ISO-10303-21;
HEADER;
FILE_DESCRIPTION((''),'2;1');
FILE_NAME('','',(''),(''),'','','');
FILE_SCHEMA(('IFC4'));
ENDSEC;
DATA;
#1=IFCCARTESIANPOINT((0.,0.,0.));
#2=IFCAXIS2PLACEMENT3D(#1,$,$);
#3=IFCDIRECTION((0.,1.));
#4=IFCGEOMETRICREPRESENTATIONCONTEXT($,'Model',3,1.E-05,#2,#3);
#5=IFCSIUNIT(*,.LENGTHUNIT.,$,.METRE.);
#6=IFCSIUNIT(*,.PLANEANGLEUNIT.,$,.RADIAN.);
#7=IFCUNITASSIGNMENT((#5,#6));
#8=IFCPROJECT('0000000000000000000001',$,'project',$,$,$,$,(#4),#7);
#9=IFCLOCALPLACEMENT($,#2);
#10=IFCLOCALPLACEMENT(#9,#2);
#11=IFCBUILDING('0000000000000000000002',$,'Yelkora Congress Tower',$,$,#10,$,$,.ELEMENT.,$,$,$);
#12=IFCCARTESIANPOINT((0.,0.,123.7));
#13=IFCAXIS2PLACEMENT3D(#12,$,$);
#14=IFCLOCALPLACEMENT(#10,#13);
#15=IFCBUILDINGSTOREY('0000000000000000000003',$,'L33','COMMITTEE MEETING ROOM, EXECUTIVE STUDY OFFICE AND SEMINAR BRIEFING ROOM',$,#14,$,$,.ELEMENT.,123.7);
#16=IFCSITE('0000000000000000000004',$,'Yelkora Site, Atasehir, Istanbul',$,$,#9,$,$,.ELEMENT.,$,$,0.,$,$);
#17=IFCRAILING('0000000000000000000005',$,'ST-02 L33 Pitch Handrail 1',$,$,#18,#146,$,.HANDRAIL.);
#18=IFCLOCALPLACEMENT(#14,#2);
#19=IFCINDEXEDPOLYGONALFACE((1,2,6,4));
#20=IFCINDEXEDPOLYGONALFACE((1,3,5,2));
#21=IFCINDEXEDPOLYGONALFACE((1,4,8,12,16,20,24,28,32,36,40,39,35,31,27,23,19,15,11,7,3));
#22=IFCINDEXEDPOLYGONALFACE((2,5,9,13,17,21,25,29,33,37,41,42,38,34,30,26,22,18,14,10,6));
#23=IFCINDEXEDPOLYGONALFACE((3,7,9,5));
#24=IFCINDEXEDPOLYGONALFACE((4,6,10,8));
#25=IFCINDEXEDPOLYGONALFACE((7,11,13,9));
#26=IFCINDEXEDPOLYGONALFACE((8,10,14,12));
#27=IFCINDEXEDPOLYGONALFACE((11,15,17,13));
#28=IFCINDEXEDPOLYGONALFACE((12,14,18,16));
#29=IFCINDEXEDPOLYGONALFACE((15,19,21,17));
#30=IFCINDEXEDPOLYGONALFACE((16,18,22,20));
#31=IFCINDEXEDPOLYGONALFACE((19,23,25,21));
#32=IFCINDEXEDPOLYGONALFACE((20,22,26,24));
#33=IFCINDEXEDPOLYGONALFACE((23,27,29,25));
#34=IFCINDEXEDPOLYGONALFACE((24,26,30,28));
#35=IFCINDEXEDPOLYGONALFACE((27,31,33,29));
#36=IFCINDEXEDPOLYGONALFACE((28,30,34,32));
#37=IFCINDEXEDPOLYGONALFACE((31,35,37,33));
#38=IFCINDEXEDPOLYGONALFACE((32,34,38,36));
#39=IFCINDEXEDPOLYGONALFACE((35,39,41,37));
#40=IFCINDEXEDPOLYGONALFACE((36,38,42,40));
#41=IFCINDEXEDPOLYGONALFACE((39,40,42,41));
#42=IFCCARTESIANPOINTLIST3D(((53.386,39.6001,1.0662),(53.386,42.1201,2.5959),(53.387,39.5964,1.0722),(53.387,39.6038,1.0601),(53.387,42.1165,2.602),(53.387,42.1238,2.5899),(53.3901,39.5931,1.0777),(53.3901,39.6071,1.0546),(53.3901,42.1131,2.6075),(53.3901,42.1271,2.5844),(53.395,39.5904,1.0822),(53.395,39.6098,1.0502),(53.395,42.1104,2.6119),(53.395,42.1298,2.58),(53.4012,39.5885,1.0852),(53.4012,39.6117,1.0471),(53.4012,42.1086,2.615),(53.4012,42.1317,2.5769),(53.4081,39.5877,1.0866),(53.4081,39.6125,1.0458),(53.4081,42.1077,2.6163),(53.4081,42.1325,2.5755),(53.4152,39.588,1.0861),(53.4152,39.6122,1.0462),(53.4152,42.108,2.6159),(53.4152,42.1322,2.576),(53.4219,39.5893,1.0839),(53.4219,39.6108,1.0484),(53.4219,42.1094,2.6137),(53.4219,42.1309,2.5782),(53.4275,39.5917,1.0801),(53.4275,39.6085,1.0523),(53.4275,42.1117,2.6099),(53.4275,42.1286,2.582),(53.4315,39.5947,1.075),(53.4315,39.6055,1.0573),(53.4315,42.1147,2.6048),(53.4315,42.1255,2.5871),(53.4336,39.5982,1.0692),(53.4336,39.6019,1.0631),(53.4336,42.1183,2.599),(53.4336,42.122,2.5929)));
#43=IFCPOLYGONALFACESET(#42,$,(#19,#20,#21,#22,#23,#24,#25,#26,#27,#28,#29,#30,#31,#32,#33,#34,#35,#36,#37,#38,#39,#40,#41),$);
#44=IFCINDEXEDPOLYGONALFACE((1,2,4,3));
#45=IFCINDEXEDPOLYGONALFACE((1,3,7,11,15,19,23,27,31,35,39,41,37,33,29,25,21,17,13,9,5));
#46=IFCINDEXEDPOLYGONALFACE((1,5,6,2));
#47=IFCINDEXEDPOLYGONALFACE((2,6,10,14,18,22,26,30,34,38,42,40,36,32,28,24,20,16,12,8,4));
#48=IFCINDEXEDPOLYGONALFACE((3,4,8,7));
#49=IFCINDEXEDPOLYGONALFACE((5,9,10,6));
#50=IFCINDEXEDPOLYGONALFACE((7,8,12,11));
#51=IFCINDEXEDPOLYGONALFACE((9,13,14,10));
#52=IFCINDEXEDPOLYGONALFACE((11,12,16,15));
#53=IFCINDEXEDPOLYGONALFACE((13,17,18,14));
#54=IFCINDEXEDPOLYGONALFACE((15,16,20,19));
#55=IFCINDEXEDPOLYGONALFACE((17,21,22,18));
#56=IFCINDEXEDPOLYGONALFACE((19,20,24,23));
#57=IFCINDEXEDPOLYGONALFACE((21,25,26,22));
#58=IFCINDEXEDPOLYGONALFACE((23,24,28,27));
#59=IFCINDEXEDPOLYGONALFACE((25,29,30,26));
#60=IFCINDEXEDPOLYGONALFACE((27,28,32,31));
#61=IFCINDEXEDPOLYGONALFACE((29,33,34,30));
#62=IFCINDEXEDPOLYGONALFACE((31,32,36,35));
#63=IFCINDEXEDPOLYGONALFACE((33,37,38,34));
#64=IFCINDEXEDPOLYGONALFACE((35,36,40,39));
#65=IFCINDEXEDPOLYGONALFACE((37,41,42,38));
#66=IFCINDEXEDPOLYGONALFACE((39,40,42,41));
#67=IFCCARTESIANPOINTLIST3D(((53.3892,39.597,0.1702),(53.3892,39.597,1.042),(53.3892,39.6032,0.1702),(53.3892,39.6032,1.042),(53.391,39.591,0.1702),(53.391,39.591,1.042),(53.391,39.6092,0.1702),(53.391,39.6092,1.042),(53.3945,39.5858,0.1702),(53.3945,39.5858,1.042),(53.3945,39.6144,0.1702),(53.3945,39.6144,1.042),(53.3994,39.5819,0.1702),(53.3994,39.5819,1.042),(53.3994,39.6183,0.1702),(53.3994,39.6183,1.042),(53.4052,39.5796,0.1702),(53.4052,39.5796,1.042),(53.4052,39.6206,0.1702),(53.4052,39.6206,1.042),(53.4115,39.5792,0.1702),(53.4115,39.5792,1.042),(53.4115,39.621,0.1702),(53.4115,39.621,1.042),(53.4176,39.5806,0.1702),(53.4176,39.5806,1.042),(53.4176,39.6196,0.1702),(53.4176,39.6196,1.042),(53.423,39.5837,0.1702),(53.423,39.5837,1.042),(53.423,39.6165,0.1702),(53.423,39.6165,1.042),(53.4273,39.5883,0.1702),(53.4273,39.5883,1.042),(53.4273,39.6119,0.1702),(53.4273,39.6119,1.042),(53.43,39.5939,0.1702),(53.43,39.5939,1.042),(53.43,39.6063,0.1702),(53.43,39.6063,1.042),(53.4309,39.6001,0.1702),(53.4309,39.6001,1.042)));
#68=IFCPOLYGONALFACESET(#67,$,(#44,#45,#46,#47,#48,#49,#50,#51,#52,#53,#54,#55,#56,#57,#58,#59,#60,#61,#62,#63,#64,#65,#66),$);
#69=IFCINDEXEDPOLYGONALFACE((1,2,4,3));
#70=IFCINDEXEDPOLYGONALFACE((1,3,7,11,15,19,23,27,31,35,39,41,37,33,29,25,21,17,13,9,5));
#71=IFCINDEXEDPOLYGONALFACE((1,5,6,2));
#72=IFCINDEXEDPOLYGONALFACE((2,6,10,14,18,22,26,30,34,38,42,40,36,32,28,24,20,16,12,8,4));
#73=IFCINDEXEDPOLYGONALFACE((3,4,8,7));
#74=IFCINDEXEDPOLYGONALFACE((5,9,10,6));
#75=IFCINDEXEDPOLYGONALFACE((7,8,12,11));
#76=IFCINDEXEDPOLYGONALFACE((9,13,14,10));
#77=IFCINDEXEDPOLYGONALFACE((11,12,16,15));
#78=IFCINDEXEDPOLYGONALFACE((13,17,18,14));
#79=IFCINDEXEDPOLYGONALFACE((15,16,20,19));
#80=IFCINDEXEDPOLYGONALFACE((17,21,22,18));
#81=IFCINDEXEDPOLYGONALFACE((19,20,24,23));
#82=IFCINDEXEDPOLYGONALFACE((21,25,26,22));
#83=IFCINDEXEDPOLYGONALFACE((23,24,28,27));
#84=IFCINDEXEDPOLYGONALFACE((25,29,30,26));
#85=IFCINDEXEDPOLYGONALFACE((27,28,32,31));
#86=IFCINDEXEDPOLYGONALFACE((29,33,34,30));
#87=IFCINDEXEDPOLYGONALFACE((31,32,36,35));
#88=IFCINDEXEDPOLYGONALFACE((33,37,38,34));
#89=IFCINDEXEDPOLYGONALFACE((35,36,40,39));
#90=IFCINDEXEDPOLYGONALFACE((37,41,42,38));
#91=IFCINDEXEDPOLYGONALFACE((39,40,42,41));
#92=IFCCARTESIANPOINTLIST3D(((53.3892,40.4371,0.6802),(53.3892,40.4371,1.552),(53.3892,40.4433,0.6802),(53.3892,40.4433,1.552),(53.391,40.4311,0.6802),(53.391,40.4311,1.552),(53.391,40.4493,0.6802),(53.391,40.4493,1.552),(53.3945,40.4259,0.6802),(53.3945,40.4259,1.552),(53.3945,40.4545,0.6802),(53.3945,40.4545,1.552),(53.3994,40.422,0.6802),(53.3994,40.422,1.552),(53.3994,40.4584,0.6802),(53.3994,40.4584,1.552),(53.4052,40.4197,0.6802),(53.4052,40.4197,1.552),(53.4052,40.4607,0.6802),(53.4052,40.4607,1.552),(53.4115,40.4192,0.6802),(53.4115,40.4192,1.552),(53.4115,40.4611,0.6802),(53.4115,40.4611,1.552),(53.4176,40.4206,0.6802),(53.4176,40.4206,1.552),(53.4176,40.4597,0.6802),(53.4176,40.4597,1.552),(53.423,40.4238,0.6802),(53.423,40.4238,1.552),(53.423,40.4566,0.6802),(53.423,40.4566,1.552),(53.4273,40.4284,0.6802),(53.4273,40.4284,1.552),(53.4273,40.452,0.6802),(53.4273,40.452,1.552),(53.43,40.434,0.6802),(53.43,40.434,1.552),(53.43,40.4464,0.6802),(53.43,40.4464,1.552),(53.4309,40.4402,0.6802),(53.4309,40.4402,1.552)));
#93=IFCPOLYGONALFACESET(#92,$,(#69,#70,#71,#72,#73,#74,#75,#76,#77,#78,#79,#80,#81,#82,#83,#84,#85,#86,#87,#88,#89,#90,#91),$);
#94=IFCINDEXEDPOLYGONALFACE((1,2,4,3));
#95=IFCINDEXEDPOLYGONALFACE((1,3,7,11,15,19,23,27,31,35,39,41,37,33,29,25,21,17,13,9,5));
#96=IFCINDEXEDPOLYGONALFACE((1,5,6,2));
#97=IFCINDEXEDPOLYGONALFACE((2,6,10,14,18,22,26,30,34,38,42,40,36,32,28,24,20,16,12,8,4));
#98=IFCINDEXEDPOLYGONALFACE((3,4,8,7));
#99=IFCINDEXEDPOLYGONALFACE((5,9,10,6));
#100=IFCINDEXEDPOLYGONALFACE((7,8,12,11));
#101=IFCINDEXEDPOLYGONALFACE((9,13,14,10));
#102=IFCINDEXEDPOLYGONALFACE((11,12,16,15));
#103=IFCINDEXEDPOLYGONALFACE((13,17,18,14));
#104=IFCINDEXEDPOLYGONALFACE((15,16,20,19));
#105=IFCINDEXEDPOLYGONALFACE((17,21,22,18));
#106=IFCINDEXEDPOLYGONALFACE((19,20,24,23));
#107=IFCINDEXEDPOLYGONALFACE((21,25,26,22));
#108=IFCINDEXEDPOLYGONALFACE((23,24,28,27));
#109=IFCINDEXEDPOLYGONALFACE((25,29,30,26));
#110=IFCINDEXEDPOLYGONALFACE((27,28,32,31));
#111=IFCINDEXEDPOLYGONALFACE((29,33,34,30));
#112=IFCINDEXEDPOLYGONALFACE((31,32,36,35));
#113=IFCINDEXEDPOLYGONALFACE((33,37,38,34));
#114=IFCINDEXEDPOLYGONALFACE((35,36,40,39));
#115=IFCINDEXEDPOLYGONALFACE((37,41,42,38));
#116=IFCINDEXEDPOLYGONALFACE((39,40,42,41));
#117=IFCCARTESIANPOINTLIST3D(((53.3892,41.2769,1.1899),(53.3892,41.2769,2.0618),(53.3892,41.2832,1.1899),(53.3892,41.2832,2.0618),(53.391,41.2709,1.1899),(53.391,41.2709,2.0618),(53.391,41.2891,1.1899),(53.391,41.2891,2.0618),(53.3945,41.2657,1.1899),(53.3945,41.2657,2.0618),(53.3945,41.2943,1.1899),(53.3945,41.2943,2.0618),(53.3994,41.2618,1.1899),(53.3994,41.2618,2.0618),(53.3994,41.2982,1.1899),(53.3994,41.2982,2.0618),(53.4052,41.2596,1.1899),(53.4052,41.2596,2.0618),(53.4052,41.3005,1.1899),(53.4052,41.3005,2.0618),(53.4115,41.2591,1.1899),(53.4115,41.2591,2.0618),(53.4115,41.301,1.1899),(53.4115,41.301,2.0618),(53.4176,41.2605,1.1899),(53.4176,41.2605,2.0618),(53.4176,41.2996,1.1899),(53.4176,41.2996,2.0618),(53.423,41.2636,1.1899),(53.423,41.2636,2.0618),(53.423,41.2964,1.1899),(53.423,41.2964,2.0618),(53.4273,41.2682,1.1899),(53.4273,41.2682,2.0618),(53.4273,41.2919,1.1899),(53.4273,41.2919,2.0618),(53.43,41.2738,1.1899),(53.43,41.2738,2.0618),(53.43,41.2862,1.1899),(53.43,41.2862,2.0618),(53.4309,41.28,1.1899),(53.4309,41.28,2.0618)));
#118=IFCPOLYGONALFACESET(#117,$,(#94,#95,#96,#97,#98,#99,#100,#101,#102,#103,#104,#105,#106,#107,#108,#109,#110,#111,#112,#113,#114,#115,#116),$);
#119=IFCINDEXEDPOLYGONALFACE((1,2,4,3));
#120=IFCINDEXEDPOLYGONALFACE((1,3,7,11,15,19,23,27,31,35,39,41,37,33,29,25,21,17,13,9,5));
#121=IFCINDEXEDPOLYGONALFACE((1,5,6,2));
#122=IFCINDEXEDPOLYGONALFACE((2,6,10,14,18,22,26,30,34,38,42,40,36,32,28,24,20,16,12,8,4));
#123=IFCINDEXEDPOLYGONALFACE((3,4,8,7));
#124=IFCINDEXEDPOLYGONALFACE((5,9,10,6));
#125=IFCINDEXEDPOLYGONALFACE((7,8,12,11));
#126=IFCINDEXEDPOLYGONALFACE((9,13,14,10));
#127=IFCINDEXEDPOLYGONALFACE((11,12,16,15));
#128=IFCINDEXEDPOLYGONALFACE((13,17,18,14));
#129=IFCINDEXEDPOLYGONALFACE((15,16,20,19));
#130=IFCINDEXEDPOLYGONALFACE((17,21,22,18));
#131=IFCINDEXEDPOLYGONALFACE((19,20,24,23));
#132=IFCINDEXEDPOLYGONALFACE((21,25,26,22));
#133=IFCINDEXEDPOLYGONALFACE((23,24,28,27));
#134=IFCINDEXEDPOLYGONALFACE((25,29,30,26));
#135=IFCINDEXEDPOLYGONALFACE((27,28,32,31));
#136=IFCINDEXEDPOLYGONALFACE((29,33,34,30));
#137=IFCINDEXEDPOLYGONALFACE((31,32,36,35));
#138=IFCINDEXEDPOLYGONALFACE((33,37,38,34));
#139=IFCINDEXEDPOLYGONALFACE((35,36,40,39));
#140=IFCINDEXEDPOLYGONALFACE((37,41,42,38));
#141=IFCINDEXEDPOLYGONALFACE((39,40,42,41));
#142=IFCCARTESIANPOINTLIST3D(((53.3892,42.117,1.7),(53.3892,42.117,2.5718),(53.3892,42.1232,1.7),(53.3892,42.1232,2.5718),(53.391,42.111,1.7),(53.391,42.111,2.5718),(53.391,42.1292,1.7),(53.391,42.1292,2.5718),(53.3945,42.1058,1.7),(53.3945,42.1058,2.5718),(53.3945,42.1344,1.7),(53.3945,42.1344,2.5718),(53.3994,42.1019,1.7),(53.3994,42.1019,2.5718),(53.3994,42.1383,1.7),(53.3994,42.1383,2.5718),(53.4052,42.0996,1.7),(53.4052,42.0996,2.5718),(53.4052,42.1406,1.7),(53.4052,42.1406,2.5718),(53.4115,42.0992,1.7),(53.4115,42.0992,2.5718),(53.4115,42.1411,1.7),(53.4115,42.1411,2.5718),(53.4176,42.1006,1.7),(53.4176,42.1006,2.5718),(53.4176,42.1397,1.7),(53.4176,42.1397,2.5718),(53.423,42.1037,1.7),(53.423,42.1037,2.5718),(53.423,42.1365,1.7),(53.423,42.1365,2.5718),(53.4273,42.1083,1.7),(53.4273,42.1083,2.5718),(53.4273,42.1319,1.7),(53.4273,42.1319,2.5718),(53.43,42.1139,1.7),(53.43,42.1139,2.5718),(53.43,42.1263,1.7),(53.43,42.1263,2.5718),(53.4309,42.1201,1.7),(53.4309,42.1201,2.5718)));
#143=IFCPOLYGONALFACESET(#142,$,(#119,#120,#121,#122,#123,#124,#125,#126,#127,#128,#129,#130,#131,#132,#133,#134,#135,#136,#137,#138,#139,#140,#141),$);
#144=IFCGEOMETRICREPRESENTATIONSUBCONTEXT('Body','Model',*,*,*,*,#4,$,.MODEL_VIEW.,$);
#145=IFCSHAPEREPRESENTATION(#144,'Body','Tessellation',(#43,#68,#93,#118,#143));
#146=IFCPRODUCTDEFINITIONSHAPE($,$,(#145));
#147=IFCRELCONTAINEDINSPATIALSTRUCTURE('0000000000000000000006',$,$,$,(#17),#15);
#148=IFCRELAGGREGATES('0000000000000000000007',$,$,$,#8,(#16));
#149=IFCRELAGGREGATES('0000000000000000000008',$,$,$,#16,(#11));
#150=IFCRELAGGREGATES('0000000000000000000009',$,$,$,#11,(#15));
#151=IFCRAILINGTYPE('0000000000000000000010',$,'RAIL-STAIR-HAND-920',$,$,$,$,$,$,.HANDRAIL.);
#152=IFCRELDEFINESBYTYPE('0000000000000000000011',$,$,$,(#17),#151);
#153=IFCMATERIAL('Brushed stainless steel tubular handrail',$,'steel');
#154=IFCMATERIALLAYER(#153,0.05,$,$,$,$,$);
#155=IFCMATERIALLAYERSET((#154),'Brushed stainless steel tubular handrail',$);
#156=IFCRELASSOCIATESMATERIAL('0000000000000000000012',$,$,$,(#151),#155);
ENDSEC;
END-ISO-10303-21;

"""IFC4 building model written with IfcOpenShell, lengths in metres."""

from ifc_helpers import new_model, si_unit, direction, frame, origin, origin_2d, place, context, subcontext, project, spatial, circle, extrude, material, layer, layer_set, type_object, element, save


model = new_model("IFC4")

# Units and contexts
model_context = context("Model", 3, precision=1e-05, world=origin(), true_north=direction((0.0, 1.0)))
body_context = subcontext(model_context, "Body", "Model", "MODEL_VIEW")
ifc_project = project(units=[si_unit("LENGTHUNIT", "METRE"), si_unit("PLANEANGLEUNIT", "RADIAN")], contexts=[model_context])

# Site, building, storey
site_placement = place(None, origin())
site = spatial("IfcSite", under=ifc_project, at=site_placement, Name="Yelkora Site, Atasehir, Istanbul", CompositionType="ELEMENT", RefElevation=0.0)
building_placement = place(site_placement, origin())
building = spatial("IfcBuilding", under=site, at=building_placement, Name="Yelkora Congress Tower", CompositionType="ELEMENT")
storey_placement = place(building_placement, frame((0.0, 0.0, 123.7)))
storey = spatial("IfcBuildingStorey", under=building, at=storey_placement, Name="L33", Description="COMMITTEE MEETING ROOM, EXECUTIVE STUDY OFFICE AND SEMINAR BRIEFING ROOM", CompositionType="ELEMENT", Elevation=123.7)

# Railing
ifc_material_1 = material(Name="Brushed stainless steel tubular handrail", Category="steel")
ifc_layer_1 = layer(ifc_material_1, 0.05)
ifc_layer_set_1 = layer_set([ifc_layer_1], Name="Brushed stainless steel tubular handrail")
railing_type_1 = type_object("IfcRailingType", Name="RAIL-STAIR-HAND-920", PredefinedType="HANDRAIL", material=ifc_layer_set_1)
railing_1_placement = place(storey_placement, frame((53.4099, 39.6001, 0.1702)))
element("IfcRailing", 1, at=railing_1_placement, inside=storey, type_object=railing_type_1, Name="ST-02 L33 Pitch Handrail 1", PredefinedType="HANDRAIL", context=body_context, shape_type="SweptSolid", body=[
    extrude(circle(Radius=0.0239, at=origin_2d()), frame((0.0, 0.0, 0.896), z_axis=(0.0, 0.854822, 0.518922), x_axis=(-1.0, 0.0, 0.0)), (0.0, 0.0, 1.0), 2.948),
    extrude(circle(Radius=0.021, at=origin_2d()), origin(), (0.0, 0.0, 1.0), 0.8718),
    extrude(circle(Radius=0.021, at=origin_2d()), frame((0.0, 0.8401, 0.51)), (0.0, 0.0, 1.0), 0.8718),
    extrude(circle(Radius=0.021, at=origin_2d()), frame((0.0, 1.6799, 1.0198)), (0.0, 0.0, 1.0), 0.8718),
    extrude(circle(Radius=0.021, at=origin_2d()), frame((0.0, 2.52, 1.5298)), (0.0, 0.0, 1.0), 0.8718),
])

save(model, "model.ifc")
